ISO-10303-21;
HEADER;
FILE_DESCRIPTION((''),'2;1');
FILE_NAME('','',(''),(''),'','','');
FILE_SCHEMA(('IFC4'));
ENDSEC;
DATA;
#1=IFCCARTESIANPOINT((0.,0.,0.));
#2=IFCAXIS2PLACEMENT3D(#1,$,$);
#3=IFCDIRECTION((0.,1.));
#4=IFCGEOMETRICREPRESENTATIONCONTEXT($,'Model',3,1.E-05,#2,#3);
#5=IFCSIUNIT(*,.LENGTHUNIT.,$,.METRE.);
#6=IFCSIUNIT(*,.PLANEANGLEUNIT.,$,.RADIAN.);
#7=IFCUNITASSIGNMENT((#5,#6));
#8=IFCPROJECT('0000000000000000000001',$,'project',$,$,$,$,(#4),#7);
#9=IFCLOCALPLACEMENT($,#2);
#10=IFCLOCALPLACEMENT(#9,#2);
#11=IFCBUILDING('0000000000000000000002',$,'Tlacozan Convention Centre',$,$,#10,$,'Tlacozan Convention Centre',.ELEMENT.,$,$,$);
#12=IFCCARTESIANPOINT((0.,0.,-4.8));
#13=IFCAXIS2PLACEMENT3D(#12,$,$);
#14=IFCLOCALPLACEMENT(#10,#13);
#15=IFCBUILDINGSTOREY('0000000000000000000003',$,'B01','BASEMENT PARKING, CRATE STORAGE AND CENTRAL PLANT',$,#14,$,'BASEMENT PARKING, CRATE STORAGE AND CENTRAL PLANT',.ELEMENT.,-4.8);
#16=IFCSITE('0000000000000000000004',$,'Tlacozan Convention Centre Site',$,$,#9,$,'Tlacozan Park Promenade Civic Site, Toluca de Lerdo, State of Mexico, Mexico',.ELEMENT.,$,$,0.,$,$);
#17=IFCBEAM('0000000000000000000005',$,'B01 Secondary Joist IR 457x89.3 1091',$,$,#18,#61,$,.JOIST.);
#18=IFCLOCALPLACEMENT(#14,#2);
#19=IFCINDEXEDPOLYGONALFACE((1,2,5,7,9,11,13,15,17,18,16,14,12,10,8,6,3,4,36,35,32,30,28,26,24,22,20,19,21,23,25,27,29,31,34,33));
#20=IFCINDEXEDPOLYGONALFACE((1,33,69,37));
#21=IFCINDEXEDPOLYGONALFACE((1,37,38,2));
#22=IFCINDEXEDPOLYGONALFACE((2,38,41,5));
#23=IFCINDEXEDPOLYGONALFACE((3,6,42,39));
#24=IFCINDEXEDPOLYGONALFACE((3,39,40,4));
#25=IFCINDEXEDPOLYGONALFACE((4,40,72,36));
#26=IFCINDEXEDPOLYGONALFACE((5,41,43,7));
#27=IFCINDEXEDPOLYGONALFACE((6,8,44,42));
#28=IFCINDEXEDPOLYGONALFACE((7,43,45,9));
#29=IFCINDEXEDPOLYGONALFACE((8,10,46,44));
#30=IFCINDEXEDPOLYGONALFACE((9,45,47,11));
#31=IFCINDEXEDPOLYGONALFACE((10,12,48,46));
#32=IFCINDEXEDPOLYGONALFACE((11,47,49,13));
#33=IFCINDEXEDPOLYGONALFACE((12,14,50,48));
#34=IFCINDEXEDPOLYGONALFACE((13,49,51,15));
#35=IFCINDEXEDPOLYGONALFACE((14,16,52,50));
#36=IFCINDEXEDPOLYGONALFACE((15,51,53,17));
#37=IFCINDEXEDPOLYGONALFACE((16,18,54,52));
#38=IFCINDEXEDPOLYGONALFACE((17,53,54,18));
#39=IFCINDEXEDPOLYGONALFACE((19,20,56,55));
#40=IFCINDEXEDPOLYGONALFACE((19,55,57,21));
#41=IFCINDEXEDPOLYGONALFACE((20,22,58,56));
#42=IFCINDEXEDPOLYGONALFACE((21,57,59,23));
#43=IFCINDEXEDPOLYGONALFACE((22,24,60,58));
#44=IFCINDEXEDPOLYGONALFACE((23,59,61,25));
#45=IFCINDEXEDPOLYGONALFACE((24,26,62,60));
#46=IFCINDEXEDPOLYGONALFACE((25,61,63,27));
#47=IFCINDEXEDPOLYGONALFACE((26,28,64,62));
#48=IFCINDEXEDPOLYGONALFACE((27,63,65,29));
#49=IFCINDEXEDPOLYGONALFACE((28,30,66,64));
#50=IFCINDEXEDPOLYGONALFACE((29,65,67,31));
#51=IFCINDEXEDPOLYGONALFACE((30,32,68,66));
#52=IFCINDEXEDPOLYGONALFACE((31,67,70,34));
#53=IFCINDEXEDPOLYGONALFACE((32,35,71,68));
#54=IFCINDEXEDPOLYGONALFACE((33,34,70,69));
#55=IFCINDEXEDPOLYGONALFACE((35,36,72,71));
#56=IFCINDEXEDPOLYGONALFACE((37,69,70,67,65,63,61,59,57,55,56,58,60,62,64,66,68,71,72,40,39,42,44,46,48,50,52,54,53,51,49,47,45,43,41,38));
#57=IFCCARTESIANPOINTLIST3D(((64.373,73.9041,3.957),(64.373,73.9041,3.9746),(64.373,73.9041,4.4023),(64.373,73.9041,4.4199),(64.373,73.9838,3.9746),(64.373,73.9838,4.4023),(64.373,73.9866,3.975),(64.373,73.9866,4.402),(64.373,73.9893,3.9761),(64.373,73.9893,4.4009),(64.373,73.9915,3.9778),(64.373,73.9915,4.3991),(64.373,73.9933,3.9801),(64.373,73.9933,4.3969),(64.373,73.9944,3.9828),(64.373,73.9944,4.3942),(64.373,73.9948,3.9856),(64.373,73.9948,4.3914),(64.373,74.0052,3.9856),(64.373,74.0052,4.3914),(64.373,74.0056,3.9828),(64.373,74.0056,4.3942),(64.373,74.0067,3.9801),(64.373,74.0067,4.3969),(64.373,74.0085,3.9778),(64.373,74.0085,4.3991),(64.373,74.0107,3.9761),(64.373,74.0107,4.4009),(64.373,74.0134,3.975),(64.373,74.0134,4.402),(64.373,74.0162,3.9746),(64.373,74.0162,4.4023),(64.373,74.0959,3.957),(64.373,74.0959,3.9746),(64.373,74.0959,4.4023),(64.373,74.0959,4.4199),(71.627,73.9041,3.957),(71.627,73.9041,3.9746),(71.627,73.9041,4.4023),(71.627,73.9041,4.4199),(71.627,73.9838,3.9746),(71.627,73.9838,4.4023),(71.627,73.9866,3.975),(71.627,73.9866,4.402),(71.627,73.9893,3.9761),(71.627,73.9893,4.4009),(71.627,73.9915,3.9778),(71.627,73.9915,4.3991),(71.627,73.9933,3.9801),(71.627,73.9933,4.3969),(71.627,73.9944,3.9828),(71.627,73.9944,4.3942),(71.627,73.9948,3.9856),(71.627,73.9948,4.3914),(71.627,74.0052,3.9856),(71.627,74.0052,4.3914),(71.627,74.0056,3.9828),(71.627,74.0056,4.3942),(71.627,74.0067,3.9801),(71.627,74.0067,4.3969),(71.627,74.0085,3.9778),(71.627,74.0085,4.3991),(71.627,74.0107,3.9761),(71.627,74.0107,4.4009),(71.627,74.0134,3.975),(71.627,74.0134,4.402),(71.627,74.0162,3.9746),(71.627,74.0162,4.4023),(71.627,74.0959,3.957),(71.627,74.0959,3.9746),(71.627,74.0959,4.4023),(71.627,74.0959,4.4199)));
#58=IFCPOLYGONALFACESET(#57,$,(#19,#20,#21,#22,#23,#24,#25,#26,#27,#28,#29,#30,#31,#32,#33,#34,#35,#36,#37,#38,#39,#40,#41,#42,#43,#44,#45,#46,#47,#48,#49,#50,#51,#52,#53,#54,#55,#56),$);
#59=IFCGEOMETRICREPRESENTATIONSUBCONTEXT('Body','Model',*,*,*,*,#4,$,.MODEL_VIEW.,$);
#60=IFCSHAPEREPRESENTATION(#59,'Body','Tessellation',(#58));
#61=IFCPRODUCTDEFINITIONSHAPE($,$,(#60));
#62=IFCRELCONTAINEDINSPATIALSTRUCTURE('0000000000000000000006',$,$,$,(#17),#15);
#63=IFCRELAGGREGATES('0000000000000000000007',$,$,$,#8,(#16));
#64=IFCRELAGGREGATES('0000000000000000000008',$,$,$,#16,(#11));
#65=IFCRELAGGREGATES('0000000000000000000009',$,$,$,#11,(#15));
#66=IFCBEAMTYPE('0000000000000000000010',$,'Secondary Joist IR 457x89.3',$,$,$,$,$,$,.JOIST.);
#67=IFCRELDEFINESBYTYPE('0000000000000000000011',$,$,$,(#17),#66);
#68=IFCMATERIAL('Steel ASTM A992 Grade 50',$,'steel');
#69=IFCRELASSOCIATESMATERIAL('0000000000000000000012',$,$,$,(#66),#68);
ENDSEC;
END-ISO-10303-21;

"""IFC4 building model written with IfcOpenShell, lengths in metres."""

from ifc_helpers import new_model, si_unit, direction, frame, origin, origin_2d, place, context, subcontext, project, spatial, i_section, extrude, material, material_profile, profile_set, type_object, element, save


model = new_model("IFC4")

# Units and contexts
model_context = context("Model", 3, precision=1e-05, world=origin(), true_north=direction((0.0, 1.0)))
body_context = subcontext(model_context, "Body", "Model", "MODEL_VIEW")
ifc_project = project(units=[si_unit("LENGTHUNIT", "METRE"), si_unit("PLANEANGLEUNIT", "RADIAN")], contexts=[model_context])

# Site, building, storey
site_placement = place(None, origin())
site = spatial("IfcSite", under=ifc_project, at=site_placement, Name="Tlacozan Convention Centre Site", LongName="Tlacozan Park Promenade Civic Site, Toluca de Lerdo, State of Mexico, Mexico", CompositionType="ELEMENT", RefElevation=0.0)
building_placement = place(site_placement, origin())
building = spatial("IfcBuilding", under=site, at=building_placement, Name="Tlacozan Convention Centre", LongName="Tlacozan Convention Centre", CompositionType="ELEMENT")
storey_placement = place(building_placement, frame((0.0, 0.0, -4.8)))
storey = spatial("IfcBuildingStorey", under=building, at=storey_placement, Name="B01", Description="BASEMENT PARKING, CRATE STORAGE AND CENTRAL PLANT", LongName="BASEMENT PARKING, CRATE STORAGE AND CENTRAL PLANT", CompositionType="ELEMENT", Elevation=-4.8)

# Beam
ifc_material_1 = material(Name="Steel ASTM A992 Grade 50", Category="steel")
ifc_material_profile_1 = material_profile(ifc_material_1, i_section(OverallWidth=0.1919, OverallDepth=0.4629, WebThickness=0.0105, FlangeThickness=0.0176, FilletRadius=0.011, at=origin_2d()), Name="IR 457x89.3")
ifc_profile_set_1 = profile_set([ifc_material_profile_1], Name="Steel ASTM A992 Grade 50")
beam_type_1 = type_object("IfcBeamType", Name="Secondary Joist IR 457x89.3", PredefinedType="JOIST", material=ifc_profile_set_1)
for number, where, z_axis, x_axis, name in (
    (1, (64.373, 74.0, 4.1885), (1.0, 0.0, 0.0), (0.0, 1.0, 0.0), "B01 Secondary Joist IR 457x89.3 1091"),
):
    element("IfcBeam", number, at=place(storey_placement, frame(where, z_axis=z_axis, x_axis=x_axis)), inside=storey, type_object=beam_type_1, Name=name, PredefinedType="JOIST", context=body_context, shape_type="SweptSolid", body=[
        extrude(i_section(OverallWidth=0.1919, OverallDepth=0.4629, WebThickness=0.0105, FlangeThickness=0.0176, FilletRadius=0.011, at=origin_2d()), origin(), (0.0, 0.0, 1.0), 7.2539),
    ])

save(model, "model.ifc")
